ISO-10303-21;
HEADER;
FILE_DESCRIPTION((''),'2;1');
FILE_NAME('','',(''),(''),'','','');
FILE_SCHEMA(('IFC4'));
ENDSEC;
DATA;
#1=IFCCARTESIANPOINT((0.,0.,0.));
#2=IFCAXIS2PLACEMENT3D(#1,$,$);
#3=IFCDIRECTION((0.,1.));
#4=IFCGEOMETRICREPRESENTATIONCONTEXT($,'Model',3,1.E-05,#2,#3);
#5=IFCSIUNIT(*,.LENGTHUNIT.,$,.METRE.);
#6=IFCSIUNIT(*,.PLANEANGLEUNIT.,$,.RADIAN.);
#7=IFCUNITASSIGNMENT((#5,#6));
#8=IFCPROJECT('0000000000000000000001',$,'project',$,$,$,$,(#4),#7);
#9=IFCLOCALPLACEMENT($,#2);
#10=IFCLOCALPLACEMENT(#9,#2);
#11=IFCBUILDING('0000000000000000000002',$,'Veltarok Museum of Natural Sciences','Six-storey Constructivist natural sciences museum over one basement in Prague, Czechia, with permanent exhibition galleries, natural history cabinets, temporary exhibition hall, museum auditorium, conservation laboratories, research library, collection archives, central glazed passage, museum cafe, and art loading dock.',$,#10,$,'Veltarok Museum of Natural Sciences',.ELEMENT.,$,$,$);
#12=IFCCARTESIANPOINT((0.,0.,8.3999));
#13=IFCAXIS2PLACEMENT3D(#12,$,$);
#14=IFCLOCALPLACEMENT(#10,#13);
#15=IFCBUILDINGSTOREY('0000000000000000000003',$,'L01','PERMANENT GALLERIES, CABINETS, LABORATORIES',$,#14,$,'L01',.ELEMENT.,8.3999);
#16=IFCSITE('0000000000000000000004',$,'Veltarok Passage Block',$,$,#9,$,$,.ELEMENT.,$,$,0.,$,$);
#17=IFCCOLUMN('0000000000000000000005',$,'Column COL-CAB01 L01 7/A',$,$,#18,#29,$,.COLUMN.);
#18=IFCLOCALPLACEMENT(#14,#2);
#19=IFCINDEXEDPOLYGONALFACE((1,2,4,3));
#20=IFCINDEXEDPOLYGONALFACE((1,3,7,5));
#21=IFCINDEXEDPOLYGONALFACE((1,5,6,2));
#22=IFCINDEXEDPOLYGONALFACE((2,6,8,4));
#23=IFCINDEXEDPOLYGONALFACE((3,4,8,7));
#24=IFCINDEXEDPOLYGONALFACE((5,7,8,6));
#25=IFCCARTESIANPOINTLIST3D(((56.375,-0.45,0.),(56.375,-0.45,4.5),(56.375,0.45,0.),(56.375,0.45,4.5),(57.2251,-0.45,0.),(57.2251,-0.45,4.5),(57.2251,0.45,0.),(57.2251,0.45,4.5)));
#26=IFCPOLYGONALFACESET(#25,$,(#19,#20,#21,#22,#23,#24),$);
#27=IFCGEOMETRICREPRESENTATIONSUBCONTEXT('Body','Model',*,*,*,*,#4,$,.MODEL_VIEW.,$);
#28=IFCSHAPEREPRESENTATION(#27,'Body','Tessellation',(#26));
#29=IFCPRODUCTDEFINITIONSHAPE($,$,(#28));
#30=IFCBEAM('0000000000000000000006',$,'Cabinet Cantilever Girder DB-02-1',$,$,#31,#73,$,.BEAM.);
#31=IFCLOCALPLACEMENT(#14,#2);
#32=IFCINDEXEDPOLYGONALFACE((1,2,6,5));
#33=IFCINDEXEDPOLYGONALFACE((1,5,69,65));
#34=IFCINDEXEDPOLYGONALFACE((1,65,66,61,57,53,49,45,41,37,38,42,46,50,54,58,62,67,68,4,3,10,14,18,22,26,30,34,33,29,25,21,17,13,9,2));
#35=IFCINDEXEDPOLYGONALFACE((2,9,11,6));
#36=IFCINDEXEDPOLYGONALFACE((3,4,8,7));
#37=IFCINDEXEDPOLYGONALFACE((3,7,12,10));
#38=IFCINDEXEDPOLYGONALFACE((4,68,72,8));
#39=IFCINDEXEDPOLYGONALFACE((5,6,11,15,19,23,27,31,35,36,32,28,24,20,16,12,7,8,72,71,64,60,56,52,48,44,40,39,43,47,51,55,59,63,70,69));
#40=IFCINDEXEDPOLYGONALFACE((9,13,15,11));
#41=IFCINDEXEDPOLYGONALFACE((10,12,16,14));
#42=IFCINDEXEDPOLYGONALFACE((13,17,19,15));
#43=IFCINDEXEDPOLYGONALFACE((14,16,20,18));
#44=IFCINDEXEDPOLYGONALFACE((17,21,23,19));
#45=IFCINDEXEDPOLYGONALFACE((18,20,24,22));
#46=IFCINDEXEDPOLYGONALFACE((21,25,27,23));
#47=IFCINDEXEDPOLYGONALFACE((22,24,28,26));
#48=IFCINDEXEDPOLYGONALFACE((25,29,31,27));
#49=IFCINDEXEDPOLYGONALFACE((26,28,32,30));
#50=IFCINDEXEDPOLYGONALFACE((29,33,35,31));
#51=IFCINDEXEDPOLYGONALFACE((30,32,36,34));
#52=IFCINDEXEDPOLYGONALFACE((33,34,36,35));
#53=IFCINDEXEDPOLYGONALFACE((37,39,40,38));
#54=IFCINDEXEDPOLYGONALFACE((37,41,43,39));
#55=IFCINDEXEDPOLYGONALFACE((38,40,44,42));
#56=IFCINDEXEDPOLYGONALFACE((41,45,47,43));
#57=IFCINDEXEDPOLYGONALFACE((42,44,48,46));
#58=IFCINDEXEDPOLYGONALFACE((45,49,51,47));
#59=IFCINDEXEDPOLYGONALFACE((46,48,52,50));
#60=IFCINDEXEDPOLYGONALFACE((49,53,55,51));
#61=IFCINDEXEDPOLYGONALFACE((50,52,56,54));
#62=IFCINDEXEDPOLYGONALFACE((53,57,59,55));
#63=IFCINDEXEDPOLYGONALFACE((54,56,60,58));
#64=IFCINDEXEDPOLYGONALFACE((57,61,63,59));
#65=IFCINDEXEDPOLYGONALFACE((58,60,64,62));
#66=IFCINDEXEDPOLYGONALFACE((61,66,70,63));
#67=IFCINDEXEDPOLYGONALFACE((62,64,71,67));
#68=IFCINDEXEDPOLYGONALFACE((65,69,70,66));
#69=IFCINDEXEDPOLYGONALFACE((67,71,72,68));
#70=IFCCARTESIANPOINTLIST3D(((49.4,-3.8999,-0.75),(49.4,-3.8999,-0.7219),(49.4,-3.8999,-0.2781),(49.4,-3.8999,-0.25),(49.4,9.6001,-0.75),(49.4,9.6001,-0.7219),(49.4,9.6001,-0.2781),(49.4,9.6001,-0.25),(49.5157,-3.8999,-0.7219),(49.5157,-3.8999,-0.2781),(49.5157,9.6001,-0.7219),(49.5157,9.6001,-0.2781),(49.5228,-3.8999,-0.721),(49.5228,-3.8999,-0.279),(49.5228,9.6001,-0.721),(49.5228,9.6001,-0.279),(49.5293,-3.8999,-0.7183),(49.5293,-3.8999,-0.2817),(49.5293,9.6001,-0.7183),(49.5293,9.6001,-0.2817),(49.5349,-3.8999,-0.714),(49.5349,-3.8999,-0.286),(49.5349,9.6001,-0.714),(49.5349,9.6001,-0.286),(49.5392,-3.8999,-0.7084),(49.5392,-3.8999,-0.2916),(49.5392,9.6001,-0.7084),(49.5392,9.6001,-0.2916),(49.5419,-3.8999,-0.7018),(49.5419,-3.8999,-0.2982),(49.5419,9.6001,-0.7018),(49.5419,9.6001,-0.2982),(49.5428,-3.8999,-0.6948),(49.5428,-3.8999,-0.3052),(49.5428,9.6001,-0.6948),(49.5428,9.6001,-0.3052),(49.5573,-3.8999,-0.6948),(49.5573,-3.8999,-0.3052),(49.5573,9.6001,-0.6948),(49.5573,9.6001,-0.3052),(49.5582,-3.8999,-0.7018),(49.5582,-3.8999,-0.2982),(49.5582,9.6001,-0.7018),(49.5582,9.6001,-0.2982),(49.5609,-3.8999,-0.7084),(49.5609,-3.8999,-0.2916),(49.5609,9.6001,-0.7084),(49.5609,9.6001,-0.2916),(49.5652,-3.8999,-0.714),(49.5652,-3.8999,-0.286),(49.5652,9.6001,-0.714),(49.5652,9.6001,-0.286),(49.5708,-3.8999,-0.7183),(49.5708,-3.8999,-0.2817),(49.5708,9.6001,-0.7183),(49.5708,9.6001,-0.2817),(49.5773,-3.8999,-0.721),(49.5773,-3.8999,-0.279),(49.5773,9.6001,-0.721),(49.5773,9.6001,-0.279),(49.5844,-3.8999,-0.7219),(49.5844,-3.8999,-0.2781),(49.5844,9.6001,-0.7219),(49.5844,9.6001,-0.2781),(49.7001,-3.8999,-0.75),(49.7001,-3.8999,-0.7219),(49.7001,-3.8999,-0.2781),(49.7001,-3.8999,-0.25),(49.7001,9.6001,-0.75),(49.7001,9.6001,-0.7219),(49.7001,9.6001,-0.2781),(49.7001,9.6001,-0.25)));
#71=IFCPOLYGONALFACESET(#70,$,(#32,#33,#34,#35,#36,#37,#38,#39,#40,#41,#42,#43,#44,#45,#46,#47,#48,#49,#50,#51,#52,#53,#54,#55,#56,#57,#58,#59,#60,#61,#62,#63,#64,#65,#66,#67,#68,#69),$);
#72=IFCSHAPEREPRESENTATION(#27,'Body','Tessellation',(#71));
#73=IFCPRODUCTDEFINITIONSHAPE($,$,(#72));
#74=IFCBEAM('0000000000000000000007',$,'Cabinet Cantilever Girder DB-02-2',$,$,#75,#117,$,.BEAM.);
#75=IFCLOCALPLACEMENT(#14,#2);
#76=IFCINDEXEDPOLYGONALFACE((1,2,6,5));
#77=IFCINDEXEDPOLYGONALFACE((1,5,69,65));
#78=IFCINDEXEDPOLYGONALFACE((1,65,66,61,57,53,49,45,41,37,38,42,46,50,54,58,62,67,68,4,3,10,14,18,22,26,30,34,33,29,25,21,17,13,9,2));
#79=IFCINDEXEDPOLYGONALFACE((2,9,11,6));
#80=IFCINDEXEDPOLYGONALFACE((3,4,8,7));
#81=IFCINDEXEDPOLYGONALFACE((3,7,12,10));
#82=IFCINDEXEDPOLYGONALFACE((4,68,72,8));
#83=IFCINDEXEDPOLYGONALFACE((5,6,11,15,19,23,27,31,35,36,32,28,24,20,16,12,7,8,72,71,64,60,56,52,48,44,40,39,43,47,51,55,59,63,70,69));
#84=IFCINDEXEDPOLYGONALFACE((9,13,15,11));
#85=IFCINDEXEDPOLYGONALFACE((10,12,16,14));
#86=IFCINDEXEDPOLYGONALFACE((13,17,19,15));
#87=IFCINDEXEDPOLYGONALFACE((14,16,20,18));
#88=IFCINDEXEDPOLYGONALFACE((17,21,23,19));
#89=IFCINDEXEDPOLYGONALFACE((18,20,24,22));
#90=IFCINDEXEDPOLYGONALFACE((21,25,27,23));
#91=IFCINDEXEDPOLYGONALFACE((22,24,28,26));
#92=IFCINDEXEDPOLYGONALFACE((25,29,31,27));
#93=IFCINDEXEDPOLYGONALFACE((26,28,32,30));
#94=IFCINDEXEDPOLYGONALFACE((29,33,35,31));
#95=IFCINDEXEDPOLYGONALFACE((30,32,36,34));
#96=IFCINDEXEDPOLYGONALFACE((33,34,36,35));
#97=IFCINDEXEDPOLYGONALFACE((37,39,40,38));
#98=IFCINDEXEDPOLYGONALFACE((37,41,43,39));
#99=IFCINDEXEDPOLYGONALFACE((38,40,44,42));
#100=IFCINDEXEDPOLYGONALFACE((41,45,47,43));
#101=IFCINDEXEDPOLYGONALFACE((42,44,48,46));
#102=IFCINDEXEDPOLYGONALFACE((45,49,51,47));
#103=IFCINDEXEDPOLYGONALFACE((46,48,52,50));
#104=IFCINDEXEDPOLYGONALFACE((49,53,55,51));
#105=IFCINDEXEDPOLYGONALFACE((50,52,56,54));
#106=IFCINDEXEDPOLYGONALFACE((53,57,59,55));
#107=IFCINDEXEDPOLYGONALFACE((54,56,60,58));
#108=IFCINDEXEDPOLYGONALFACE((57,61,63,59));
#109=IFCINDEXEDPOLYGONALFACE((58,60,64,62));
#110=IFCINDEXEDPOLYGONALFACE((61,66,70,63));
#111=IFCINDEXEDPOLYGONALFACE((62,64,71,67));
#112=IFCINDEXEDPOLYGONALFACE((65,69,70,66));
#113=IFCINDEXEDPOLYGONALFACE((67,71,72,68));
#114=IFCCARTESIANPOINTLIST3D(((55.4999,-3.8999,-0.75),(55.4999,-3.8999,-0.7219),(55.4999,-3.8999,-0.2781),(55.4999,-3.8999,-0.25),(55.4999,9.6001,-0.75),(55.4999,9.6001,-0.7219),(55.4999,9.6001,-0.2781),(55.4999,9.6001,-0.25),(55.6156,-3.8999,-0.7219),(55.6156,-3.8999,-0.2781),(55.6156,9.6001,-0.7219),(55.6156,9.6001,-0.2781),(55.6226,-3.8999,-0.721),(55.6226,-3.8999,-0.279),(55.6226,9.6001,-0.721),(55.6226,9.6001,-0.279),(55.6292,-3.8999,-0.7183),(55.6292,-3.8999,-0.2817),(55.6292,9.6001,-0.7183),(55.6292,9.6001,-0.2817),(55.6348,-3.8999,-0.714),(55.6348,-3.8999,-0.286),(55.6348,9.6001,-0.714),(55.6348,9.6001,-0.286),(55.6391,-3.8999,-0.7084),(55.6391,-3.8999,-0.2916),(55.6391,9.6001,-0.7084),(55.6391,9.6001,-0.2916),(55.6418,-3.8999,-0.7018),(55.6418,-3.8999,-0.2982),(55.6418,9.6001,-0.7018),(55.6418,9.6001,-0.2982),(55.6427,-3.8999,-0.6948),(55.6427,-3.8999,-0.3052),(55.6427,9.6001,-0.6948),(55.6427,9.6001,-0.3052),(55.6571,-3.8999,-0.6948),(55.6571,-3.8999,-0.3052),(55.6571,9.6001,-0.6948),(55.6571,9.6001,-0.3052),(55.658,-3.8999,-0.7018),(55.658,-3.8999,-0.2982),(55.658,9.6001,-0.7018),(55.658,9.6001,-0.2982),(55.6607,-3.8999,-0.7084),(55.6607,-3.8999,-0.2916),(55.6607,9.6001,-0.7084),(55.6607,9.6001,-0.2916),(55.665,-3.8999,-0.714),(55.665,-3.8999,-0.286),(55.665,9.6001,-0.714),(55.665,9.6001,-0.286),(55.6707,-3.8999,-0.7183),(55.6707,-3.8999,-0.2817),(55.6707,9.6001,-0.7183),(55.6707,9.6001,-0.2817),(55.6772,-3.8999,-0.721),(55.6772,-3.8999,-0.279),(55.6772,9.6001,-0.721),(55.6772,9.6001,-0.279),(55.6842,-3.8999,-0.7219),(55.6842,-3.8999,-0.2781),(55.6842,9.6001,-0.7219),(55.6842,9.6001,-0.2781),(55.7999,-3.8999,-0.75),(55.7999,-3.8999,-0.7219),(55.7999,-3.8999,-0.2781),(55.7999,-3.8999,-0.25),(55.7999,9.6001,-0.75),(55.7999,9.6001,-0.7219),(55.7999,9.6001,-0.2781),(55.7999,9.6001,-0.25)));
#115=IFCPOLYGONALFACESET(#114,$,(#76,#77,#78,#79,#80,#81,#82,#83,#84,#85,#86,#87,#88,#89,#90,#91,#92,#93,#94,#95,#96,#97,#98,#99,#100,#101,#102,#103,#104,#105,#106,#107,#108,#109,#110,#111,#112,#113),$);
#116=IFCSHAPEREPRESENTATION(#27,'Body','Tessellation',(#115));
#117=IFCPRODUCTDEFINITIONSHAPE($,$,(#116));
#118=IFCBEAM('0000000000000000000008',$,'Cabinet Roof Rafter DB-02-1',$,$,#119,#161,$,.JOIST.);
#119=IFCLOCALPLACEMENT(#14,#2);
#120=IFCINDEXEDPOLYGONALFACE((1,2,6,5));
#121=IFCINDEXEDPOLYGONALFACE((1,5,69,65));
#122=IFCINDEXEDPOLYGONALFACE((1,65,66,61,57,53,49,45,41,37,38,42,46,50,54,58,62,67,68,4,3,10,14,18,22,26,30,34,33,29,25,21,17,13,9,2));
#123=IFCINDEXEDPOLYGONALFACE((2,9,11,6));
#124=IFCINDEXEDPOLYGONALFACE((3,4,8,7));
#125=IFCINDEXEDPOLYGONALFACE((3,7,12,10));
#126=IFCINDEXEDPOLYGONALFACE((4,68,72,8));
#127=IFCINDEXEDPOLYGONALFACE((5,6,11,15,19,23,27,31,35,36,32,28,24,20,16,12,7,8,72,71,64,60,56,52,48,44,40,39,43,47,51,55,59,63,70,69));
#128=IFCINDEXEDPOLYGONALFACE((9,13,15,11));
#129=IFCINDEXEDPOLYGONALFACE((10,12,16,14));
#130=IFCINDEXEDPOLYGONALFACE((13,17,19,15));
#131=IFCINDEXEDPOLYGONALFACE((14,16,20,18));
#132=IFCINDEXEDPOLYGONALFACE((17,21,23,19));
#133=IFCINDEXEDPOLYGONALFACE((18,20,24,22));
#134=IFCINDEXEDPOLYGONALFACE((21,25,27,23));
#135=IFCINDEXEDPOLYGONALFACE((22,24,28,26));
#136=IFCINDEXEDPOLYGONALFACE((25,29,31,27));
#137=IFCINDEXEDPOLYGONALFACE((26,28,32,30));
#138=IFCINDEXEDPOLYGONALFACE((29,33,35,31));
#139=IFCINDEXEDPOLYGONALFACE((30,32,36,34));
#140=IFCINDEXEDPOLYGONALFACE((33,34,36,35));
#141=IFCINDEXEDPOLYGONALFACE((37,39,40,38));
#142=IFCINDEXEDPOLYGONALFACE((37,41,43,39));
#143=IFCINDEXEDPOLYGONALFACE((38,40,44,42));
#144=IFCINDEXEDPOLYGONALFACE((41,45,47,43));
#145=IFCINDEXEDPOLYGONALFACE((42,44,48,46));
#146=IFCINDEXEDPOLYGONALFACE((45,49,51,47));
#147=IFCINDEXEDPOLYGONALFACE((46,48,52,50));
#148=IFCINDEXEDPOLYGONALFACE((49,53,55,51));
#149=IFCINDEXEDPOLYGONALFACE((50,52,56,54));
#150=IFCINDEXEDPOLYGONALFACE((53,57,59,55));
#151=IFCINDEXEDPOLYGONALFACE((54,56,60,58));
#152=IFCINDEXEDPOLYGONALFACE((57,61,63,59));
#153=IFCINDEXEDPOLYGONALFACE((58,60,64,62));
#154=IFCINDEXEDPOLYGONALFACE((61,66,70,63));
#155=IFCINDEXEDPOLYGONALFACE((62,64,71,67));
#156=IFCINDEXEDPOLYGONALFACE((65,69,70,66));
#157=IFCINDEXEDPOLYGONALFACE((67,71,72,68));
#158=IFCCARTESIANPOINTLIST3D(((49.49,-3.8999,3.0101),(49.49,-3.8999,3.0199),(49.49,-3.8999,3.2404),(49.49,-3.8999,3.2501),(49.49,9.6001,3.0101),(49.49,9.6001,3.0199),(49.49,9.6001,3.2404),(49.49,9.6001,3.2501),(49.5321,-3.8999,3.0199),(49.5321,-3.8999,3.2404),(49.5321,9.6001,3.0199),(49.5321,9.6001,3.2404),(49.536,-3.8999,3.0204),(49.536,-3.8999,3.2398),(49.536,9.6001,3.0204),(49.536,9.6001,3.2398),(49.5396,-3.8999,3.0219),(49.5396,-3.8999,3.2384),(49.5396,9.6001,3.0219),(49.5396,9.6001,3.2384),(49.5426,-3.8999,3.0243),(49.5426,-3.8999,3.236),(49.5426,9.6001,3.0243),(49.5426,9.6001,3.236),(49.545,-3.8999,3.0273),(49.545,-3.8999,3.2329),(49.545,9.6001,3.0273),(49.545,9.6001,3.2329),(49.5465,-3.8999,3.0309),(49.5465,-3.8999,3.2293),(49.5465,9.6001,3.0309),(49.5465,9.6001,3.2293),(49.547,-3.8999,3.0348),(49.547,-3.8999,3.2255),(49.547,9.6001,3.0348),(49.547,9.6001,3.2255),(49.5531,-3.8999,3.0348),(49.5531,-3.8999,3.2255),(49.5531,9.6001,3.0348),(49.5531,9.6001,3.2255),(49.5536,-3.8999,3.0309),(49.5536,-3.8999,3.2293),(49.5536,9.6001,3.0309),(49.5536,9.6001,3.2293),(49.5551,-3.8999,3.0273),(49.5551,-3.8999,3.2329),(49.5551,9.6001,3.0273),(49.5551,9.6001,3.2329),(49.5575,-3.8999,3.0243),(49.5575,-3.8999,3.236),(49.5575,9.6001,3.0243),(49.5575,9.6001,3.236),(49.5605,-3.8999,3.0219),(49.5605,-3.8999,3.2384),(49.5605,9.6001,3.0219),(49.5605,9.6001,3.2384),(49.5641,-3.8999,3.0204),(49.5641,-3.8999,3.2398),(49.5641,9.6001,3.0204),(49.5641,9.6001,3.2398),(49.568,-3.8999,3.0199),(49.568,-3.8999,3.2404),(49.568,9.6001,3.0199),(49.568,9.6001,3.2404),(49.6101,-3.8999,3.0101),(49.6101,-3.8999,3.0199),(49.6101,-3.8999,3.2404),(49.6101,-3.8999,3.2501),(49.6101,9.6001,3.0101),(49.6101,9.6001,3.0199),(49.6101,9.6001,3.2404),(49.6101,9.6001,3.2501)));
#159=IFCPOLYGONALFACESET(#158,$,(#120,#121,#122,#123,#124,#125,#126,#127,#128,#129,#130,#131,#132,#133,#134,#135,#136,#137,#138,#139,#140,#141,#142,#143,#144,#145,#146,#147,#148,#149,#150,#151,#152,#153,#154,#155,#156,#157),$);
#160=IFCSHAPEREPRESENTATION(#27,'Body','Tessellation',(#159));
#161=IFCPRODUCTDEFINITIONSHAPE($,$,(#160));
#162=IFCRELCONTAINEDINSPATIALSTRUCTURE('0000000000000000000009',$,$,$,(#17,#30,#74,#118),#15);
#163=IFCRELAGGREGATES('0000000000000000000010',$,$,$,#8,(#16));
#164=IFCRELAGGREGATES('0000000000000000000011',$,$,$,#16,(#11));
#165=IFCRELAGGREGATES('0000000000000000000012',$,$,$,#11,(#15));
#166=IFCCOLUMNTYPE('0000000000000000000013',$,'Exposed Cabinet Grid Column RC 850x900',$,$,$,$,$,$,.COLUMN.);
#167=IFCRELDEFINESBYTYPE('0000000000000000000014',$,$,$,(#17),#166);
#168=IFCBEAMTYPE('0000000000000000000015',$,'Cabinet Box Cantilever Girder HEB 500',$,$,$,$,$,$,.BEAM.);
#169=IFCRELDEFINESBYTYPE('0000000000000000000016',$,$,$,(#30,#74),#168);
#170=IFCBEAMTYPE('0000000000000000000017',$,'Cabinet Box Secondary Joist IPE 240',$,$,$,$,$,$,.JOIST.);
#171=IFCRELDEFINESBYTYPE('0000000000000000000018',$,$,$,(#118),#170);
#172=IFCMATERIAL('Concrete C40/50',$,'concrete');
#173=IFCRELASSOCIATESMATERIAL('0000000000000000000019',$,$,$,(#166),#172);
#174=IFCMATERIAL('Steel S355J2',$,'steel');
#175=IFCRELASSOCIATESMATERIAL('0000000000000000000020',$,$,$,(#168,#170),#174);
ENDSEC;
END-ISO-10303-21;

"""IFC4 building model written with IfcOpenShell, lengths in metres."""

from ifc_helpers import new_model, si_unit, direction, frame, origin, origin_2d, place, context, subcontext, project, spatial, rectangle, i_section, extrude, material, material_profile, profile_set, type_object, element, save


model = new_model("IFC4")

# Units and contexts
model_context = context("Model", 3, precision=1e-05, world=origin(), true_north=direction((0.0, 1.0)))
body_context = subcontext(model_context, "Body", "Model", "MODEL_VIEW")
ifc_project = project(units=[si_unit("LENGTHUNIT", "METRE"), si_unit("PLANEANGLEUNIT", "RADIAN")], contexts=[model_context])

# Site, building, storey
site_placement = place(None, origin())
site = spatial("IfcSite", under=ifc_project, at=site_placement, Name="Veltarok Passage Block", CompositionType="ELEMENT", RefElevation=0.0)
building_placement = place(site_placement, origin())
building = spatial("IfcBuilding", under=site, at=building_placement, Name="Veltarok Museum of Natural Sciences", Description="Six-storey Constructivist natural sciences museum over one basement in Prague, Czechia, with permanent exhibition galleries, natural history cabinets, temporary exhibition hall, museum auditorium, conservation laboratories, research library, collection archives, central glazed passage, museum cafe, and art loading dock.", LongName="Veltarok Museum of Natural Sciences", CompositionType="ELEMENT")
storey_placement = place(building_placement, frame((0.0, 0.0, 8.3999)))
storey = spatial("IfcBuildingStorey", under=building, at=storey_placement, Name="L01", Description="PERMANENT GALLERIES, CABINETS, LABORATORIES", LongName="L01", CompositionType="ELEMENT", Elevation=8.3999)

# Column
ifc_material_1 = material(Name="Concrete C40/50", Category="concrete")
ifc_material_profile_1 = material_profile(ifc_material_1, rectangle(XDim=0.8501, YDim=0.8999, at=origin_2d()), Name="RC 850x900")
ifc_profile_set_1 = profile_set([ifc_material_profile_1], Name="Concrete C40/50")
column_type = type_object("IfcColumnType", Name="Exposed Cabinet Grid Column RC 850x900", PredefinedType="COLUMN", material=ifc_profile_set_1)
column_placement = place(storey_placement, frame((56.8, 0.0, 0.0), z_axis=(0.0, 0.0, 1.0), x_axis=(1.0, 0.0, 0.0)))
element("IfcColumn", 1, at=column_placement, inside=storey, type_object=column_type, Name="Column COL-CAB01 L01 7/A", PredefinedType="COLUMN", context=body_context, shape_type="SweptSolid", body=[
    extrude(rectangle(XDim=0.8501, YDim=0.8999, at=origin_2d()), origin(), (0.0, 0.0, 1.0), 4.5),
])

# Beams
ifc_material_2 = material(Name="Steel S355J2", Category="steel")
ifc_material_profile_2 = material_profile(ifc_material_2, i_section(OverallWidth=0.3, OverallDepth=0.5, WebThickness=0.0144, FlangeThickness=0.0281, FilletRadius=0.0271, at=origin_2d()), Name="HEB 500")
ifc_profile_set_2 = profile_set([ifc_material_profile_2], Name="Steel S355J2")
beam_type_1 = type_object("IfcBeamType", Name="Cabinet Box Cantilever Girder HEB 500", PredefinedType="BEAM", material=ifc_profile_set_2)
for number, where, z_axis, x_axis, name in (
    (2, (49.55, -3.8999, -0.5), (0.0, 1.0, 0.0), (-1.0, 0.0, 0.0), "Cabinet Cantilever Girder DB-02-1"),
    (3, (55.6499, -3.8999, -0.5), (0.0, 1.0, 0.0), (-1.0, 0.0, 0.0), "Cabinet Cantilever Girder DB-02-2"),
):
    element("IfcBeam", number, at=place(storey_placement, frame(where, z_axis=z_axis, x_axis=x_axis)), inside=storey, type_object=beam_type_1, Name=name, PredefinedType="BEAM", context=body_context, shape_type="SweptSolid", body=[
        extrude(i_section(OverallWidth=0.3, OverallDepth=0.5, WebThickness=0.0144, FlangeThickness=0.0281, FilletRadius=0.0271, at=origin_2d()), origin(), (0.0, 0.0, 1.0), 13.5),
    ])
ifc_material_profile_3 = material_profile(ifc_material_2, i_section(OverallWidth=0.1201, OverallDepth=0.24, WebThickness=0.0061, FlangeThickness=0.0098, FilletRadius=0.0149, at=origin_2d()), Name="IPE 240")
ifc_profile_set_3 = profile_set([ifc_material_profile_3], Name="Steel S355J2")
beam_type_2 = type_object("IfcBeamType", Name="Cabinet Box Secondary Joist IPE 240", PredefinedType="JOIST", material=ifc_profile_set_3)
for number, where, z_axis, x_axis, name in (
    (4, (49.55, -3.8999, 3.1301), (0.0, 1.0, 0.0), (-1.0, 0.0, 0.0), "Cabinet Roof Rafter DB-02-1"),
):
    element("IfcBeam", number, at=place(storey_placement, frame(where, z_axis=z_axis, x_axis=x_axis)), inside=storey, type_object=beam_type_2, Name=name, PredefinedType="JOIST", context=body_context, shape_type="SweptSolid", body=[
        extrude(i_section(OverallWidth=0.1201, OverallDepth=0.24, WebThickness=0.0061, FlangeThickness=0.0098, FilletRadius=0.0149, at=origin_2d()), origin(), (0.0, 0.0, 1.0), 13.5),
    ])

save(model, "model.ifc")
